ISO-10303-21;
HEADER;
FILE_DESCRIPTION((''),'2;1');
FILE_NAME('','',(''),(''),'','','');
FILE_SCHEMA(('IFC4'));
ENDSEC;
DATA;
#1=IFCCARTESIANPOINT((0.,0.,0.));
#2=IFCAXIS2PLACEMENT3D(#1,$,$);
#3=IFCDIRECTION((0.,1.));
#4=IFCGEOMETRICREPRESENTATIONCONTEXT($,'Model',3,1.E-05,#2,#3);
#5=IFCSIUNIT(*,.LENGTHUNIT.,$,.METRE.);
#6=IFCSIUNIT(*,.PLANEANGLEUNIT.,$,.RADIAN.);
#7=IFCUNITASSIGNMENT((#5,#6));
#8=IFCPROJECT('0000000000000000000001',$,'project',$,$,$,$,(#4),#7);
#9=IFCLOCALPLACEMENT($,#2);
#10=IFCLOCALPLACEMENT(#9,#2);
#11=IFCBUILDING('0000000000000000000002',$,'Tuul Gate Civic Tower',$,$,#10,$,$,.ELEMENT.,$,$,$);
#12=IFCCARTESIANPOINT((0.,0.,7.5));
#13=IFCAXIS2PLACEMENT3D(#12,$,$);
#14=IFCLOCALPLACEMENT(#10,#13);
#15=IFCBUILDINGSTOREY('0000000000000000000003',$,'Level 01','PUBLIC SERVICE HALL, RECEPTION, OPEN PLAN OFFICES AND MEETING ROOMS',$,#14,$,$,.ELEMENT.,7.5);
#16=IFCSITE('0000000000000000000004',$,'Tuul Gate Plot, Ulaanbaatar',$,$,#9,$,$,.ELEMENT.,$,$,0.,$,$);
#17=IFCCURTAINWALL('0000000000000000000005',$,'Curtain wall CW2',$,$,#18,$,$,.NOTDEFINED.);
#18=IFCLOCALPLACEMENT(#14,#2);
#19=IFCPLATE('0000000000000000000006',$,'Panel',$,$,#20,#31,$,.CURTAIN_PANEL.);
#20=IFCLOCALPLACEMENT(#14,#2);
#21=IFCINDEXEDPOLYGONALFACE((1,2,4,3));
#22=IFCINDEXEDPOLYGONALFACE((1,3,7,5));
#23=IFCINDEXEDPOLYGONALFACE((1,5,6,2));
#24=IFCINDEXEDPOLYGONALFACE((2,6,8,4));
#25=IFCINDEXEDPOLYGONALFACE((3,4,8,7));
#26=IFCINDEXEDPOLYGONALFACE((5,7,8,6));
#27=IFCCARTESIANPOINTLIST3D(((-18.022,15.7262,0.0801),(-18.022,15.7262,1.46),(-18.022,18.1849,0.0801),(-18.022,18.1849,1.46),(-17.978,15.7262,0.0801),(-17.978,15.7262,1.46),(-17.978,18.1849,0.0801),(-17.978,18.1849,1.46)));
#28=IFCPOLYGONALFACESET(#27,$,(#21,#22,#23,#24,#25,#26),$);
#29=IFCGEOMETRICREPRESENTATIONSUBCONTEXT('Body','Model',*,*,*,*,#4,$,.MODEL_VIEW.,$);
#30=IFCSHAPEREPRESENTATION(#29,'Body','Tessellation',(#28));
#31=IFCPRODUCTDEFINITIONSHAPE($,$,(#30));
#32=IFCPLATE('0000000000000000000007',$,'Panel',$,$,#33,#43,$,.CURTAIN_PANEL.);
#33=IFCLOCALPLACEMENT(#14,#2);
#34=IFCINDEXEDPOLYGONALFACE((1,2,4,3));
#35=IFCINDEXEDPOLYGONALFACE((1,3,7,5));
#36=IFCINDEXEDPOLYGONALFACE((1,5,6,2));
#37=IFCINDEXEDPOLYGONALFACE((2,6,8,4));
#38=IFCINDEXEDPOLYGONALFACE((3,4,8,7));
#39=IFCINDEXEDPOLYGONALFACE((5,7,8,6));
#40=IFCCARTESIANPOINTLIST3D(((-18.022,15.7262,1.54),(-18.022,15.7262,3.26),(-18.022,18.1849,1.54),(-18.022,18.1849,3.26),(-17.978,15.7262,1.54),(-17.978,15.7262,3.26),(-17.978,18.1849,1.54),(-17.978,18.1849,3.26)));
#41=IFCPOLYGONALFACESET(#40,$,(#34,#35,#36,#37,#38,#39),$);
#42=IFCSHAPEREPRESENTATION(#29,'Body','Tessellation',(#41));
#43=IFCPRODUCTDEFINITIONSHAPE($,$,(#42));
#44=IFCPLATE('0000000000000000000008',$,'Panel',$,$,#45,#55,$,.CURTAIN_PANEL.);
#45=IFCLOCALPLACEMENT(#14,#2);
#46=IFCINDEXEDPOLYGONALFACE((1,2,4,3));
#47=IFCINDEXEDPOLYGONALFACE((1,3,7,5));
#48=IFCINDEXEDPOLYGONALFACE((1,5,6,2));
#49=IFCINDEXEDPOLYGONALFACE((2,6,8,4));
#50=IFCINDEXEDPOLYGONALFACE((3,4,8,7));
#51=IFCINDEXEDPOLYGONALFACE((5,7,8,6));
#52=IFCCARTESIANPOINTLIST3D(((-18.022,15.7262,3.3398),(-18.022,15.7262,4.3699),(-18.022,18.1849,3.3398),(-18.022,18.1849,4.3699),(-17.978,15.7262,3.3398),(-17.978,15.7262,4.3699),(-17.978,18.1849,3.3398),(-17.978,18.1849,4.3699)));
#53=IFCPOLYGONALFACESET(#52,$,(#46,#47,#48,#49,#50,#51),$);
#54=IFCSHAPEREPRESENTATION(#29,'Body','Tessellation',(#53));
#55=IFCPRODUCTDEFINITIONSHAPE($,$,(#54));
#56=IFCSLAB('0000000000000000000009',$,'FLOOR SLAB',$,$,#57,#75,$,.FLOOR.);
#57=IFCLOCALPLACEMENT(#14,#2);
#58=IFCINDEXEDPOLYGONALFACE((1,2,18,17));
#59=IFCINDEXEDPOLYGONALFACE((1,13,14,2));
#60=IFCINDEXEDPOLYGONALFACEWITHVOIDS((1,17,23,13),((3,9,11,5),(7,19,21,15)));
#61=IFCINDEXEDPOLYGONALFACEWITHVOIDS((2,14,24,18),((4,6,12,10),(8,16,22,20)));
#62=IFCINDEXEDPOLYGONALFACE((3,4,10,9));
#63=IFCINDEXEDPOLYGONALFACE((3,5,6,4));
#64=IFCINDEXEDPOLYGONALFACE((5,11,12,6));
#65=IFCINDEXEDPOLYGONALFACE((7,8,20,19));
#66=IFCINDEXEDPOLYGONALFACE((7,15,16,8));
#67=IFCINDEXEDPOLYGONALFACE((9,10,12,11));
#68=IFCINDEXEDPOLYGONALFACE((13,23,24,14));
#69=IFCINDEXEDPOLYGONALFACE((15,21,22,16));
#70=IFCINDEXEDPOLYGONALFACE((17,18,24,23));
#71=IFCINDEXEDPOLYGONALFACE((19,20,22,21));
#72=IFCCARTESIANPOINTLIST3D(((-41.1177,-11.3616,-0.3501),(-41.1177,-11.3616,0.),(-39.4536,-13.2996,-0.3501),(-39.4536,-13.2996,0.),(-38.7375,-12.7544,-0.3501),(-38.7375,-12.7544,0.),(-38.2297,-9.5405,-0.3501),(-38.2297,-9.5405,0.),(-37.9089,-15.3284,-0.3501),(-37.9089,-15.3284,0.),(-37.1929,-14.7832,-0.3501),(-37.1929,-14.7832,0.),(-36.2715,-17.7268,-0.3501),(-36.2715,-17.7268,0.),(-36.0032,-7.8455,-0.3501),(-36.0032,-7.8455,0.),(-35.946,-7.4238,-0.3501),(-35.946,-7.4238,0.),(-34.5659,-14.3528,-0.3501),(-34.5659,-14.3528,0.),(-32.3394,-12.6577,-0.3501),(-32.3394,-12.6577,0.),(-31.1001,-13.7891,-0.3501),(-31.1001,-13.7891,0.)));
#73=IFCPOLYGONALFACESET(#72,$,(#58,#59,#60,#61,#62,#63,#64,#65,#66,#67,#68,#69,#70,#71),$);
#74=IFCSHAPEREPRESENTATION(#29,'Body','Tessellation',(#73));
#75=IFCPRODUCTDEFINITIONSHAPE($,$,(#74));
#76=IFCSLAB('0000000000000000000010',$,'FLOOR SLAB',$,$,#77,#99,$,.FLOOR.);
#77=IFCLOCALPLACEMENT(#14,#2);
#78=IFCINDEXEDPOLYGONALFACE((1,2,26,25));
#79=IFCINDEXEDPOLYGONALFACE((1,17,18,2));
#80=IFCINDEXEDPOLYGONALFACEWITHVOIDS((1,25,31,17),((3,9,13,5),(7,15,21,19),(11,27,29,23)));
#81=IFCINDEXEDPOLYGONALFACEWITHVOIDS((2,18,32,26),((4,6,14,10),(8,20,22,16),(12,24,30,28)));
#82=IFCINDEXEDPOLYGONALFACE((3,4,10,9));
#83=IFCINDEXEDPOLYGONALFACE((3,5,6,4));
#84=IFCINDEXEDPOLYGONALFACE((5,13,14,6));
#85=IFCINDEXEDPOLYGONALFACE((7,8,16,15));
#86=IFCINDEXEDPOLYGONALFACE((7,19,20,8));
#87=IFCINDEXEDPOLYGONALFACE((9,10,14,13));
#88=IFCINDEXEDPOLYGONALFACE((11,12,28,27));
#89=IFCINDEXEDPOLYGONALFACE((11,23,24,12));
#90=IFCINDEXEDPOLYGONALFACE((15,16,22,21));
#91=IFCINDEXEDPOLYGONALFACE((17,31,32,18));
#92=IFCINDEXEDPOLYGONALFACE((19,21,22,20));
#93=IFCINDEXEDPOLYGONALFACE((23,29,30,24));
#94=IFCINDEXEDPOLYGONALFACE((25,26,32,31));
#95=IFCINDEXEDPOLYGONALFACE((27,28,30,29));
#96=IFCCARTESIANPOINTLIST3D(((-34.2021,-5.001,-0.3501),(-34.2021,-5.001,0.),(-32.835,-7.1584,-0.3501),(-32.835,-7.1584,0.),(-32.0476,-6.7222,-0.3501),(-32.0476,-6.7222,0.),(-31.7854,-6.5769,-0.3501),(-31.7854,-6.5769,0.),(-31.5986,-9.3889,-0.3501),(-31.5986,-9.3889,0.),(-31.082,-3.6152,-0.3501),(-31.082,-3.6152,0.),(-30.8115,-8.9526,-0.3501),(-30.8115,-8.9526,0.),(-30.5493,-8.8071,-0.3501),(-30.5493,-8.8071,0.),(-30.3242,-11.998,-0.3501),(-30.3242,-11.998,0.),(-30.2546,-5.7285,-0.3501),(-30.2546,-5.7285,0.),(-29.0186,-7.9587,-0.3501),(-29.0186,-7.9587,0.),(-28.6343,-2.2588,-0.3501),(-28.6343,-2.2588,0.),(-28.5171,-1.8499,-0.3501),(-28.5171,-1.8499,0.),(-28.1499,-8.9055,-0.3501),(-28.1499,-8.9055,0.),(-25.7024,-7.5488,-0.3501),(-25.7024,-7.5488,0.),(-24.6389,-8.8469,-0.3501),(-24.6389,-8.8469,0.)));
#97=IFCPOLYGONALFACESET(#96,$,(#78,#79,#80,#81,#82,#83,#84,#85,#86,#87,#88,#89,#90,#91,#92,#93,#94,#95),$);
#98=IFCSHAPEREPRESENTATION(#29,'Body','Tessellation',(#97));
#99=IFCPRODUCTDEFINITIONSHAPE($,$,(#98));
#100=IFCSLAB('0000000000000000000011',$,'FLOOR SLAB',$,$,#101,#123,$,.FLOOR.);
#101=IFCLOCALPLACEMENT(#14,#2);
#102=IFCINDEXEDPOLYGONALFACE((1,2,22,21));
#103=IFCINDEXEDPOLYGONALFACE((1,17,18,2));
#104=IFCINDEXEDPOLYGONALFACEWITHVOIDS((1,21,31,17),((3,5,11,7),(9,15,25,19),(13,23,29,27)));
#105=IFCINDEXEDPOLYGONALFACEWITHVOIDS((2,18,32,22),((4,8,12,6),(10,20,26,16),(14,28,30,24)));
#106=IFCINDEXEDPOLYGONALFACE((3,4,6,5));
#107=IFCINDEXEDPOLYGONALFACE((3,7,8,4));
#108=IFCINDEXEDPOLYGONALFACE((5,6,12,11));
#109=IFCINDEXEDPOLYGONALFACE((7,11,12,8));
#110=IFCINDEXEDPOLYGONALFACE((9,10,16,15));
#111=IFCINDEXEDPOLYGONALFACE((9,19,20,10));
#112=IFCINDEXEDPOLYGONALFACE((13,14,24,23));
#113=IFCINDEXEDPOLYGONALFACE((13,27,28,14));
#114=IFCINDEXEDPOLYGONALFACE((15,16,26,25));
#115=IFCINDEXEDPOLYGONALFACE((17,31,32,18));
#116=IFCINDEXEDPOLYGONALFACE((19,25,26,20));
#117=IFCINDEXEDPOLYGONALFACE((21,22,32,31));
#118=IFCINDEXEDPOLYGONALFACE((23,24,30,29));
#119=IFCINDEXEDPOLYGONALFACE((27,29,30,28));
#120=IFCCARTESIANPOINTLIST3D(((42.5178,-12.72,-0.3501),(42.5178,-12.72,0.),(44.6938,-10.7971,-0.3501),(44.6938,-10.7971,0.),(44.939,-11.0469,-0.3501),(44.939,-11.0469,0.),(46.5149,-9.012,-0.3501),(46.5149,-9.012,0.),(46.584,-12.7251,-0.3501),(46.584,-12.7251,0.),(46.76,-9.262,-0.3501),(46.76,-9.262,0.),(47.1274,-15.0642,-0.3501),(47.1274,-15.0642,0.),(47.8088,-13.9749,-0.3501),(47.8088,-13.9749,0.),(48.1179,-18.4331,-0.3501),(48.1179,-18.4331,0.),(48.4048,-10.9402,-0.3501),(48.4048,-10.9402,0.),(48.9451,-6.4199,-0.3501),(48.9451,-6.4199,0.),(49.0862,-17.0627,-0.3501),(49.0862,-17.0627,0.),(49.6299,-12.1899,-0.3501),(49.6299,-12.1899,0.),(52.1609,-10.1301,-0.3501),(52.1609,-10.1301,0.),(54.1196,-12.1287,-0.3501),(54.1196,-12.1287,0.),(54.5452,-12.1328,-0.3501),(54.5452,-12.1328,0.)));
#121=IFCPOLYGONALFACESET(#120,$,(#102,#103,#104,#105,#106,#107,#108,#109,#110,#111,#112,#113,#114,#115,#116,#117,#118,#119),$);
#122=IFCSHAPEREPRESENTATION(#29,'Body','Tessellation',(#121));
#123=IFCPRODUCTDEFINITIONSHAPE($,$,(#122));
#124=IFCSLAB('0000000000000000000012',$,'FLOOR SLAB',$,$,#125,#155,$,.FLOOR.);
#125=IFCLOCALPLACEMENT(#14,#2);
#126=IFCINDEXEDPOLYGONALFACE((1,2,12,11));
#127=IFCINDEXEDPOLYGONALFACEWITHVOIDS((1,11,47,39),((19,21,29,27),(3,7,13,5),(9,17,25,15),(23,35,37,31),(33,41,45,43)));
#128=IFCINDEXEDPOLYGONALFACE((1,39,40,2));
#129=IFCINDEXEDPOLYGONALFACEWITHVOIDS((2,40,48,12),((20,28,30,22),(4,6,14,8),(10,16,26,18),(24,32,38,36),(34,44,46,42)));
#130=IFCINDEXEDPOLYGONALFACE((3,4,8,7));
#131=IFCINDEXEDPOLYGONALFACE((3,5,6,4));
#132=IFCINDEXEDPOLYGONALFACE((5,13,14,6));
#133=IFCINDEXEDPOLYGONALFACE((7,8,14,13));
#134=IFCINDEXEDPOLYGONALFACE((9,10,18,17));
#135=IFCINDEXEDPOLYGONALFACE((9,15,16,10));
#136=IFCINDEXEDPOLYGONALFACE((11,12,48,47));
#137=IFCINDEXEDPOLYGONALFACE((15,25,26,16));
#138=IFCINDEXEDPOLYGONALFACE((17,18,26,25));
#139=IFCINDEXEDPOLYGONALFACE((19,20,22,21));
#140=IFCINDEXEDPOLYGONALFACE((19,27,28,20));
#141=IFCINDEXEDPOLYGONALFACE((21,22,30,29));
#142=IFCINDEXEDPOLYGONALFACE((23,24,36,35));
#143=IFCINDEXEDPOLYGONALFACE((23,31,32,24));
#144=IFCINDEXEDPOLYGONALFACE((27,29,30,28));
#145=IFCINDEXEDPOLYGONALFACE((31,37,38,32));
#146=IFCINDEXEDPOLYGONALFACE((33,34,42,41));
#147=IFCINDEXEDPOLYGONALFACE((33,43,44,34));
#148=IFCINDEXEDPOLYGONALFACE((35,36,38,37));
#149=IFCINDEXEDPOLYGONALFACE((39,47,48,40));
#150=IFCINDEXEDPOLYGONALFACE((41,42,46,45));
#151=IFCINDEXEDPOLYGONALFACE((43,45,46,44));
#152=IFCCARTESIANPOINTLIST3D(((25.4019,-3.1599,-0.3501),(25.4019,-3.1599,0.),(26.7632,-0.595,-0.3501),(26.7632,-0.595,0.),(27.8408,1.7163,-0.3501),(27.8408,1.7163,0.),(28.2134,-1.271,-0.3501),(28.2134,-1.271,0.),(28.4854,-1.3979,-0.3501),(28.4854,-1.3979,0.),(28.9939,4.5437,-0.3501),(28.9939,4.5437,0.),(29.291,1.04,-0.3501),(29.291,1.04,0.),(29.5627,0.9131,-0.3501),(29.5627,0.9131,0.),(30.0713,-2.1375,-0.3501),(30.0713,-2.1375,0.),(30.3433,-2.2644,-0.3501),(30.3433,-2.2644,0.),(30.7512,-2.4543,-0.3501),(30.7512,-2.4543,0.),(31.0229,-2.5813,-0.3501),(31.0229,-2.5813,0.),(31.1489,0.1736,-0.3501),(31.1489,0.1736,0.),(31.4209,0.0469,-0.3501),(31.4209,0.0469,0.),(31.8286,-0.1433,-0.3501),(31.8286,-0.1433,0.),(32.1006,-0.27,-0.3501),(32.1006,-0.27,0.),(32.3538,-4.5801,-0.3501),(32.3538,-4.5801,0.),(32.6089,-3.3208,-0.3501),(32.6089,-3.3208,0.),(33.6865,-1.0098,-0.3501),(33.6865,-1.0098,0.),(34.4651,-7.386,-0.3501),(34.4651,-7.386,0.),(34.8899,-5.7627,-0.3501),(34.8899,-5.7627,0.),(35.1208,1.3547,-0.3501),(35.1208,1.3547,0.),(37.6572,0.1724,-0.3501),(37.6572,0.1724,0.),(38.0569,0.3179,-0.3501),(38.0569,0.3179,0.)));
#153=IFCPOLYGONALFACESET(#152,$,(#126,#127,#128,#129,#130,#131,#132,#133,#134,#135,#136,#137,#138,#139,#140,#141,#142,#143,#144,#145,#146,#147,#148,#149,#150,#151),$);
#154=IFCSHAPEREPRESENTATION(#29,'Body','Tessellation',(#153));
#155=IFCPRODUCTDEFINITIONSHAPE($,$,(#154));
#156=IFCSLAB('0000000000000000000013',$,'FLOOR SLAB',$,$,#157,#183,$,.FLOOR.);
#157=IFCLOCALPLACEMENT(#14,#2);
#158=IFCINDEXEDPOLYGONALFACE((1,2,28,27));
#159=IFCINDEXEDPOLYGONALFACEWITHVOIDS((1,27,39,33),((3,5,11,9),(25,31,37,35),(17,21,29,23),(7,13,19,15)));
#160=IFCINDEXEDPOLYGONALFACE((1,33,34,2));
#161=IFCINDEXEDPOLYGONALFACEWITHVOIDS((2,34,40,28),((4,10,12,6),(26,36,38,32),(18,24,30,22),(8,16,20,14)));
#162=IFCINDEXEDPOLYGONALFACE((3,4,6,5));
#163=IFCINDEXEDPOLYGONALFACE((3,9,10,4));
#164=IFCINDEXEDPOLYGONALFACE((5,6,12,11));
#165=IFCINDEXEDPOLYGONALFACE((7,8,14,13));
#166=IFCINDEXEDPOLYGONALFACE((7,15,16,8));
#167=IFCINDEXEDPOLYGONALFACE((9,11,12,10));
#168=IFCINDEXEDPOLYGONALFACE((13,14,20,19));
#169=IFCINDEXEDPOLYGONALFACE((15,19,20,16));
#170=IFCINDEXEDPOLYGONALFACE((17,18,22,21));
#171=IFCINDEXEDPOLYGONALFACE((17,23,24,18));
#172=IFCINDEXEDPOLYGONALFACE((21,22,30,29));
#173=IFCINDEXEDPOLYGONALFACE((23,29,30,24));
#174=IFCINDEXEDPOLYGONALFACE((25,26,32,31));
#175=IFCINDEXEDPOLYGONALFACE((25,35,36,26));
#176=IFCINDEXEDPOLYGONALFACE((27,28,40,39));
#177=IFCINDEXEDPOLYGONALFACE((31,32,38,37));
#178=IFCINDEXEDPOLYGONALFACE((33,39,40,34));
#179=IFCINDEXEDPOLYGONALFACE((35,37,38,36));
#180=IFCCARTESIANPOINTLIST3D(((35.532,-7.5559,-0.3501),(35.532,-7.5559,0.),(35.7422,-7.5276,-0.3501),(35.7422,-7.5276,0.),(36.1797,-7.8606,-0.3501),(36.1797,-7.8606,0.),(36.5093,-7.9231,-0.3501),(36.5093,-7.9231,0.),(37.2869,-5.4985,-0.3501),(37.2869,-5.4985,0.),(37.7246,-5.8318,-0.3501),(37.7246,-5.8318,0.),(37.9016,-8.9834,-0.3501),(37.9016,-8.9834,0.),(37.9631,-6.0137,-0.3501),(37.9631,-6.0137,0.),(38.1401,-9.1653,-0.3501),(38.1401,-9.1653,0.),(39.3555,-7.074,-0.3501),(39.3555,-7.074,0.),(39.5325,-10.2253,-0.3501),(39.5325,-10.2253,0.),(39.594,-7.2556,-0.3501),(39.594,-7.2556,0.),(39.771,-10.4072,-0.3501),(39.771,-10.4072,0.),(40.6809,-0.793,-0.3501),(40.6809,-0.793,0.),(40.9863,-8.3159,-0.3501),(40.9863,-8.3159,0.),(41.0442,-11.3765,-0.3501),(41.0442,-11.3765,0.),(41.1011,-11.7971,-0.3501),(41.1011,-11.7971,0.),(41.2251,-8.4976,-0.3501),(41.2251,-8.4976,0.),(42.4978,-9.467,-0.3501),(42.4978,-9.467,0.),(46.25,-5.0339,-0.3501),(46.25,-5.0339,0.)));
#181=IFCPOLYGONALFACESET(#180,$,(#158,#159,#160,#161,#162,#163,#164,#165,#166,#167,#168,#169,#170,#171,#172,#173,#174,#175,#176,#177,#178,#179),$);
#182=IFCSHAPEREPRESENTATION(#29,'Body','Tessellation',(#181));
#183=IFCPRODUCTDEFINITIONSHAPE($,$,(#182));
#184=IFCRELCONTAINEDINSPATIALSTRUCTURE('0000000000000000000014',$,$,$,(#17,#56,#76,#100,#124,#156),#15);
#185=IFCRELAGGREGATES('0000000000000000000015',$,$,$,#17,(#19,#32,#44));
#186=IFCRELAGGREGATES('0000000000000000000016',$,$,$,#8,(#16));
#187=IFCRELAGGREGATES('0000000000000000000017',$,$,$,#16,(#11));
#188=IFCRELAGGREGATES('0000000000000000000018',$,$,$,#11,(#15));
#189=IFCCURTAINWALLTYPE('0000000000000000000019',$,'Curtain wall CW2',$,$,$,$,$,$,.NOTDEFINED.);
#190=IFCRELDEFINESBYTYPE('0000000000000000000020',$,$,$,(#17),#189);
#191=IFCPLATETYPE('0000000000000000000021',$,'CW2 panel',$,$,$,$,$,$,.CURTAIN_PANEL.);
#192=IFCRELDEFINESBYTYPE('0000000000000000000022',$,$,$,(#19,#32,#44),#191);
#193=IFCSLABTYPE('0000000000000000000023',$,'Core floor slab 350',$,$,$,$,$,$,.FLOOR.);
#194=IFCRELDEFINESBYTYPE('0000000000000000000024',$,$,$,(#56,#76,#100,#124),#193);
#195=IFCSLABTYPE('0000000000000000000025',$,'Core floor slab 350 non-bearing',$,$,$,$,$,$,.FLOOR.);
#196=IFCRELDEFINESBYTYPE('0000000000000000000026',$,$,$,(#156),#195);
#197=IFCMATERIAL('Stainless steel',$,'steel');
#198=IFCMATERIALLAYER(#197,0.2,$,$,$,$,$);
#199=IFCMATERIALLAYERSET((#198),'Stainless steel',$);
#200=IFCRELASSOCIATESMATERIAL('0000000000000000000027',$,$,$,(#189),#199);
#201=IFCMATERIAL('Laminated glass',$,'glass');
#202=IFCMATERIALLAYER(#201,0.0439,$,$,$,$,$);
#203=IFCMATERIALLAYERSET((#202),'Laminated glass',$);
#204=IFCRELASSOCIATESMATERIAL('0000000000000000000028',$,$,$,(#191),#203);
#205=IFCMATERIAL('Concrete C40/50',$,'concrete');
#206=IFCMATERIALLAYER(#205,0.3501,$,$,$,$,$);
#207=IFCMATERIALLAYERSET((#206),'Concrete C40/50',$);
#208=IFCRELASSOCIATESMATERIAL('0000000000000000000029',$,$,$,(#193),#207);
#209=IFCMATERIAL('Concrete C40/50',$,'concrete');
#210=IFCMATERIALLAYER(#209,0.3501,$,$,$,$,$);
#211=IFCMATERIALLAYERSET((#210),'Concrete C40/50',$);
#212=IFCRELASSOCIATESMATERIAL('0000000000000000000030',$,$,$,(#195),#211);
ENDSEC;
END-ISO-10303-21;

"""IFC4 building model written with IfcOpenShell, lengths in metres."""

from ifc_helpers import new_model, si_unit, direction, frame, origin, origin_2d, place, context, subcontext, project, spatial, polyline, rectangle, outline, extrude, material, layer, layer_set, type_object, element, aggregate, save


model = new_model("IFC4")

# Units and contexts
model_context = context("Model", 3, precision=1e-05, world=origin(), true_north=direction((0.0, 1.0)))
body_context = subcontext(model_context, "Body", "Model", "MODEL_VIEW")
ifc_project = project(units=[si_unit("LENGTHUNIT", "METRE"), si_unit("PLANEANGLEUNIT", "RADIAN")], contexts=[model_context])

# Site, building, storey
site_placement = place(None, origin())
site = spatial("IfcSite", under=ifc_project, at=site_placement, Name="Tuul Gate Plot, Ulaanbaatar", CompositionType="ELEMENT", RefElevation=0.0)
building_placement = place(site_placement, origin())
building = spatial("IfcBuilding", under=site, at=building_placement, Name="Tuul Gate Civic Tower", CompositionType="ELEMENT")
storey_placement = place(building_placement, frame((0.0, 0.0, 7.5)))
storey = spatial("IfcBuildingStorey", under=building, at=storey_placement, Name="Level 01", Description="PUBLIC SERVICE HALL, RECEPTION, OPEN PLAN OFFICES AND MEETING ROOMS", CompositionType="ELEMENT", Elevation=7.5)

# Curtain wall
ifc_material_1 = material(Name="Stainless steel", Category="steel")
ifc_layer_1 = layer(ifc_material_1, 0.2)
ifc_layer_set_1 = layer_set([ifc_layer_1], Name="Stainless steel")
curtain_wall_type = type_object("IfcCurtainWallType", Name="Curtain wall CW2", PredefinedType="NOTDEFINED", material=ifc_layer_set_1)
curtain_wall_1_placement = place(storey_placement, origin())
curtain_wall_1 = element("IfcCurtainWall", 1, at=curtain_wall_1_placement, inside=storey, type_object=curtain_wall_type, Name="Curtain wall CW2", PredefinedType="NOTDEFINED")

# Plates
ifc_material_2 = material(Name="Laminated glass", Category="glass")
ifc_layer_2 = layer(ifc_material_2, 0.0439)
ifc_layer_set_2 = layer_set([ifc_layer_2], Name="Laminated glass")
plate_type = type_object("IfcPlateType", Name="CW2 panel", PredefinedType="CURTAIN_PANEL", material=ifc_layer_set_2)
plate_1_placement = place(storey_placement, frame((-18.0, 16.9556, 0.0801), z_axis=(0.0, 0.0, 1.0), x_axis=(0.0, 1.0, 0.0)))
plate_1 = element("IfcPlate", 2, at=plate_1_placement, type_object=plate_type, Name="Panel", PredefinedType="CURTAIN_PANEL", context=body_context, shape_type="SweptSolid", body=[
    extrude(rectangle(XDim=2.4587, YDim=0.0439, at=origin_2d()), origin(), (0.0, 0.0, 1.0), 1.3799),
])
plate_2_placement = place(storey_placement, frame((-18.0, 16.9556, 1.54), z_axis=(0.0, 0.0, 1.0), x_axis=(0.0, 1.0, 0.0)))
plate_2 = element("IfcPlate", 3, at=plate_2_placement, type_object=plate_type, Name="Panel", PredefinedType="CURTAIN_PANEL", context=body_context, shape_type="SweptSolid", body=[
    extrude(rectangle(XDim=2.4587, YDim=0.0439, at=origin_2d()), origin(), (0.0, 0.0, 1.0), 1.72),
])
plate_3_placement = place(storey_placement, frame((-18.0, 16.9556, 3.3398), z_axis=(0.0, 0.0, 1.0), x_axis=(0.0, 1.0, 0.0)))
plate_3 = element("IfcPlate", 4, at=plate_3_placement, type_object=plate_type, Name="Panel", PredefinedType="CURTAIN_PANEL", context=body_context, shape_type="SweptSolid", body=[
    extrude(rectangle(XDim=2.4587, YDim=0.0439, at=origin_2d()), origin(), (0.0, 0.0, 1.0), 1.03),
])
aggregate(curtain_wall_1, [plate_1, plate_2, plate_3])

# Slabs
ifc_material_3 = material(Name="Concrete C40/50", Category="concrete")
ifc_layer_3 = layer(ifc_material_3, 0.3501)
ifc_layer_set_3 = layer_set([ifc_layer_3], Name="Concrete C40/50")
slab_type_1 = type_object("IfcSlabType", Name="Core floor slab 350", PredefinedType="FLOOR", material=ifc_layer_set_3)
slab_1_placement = place(storey_placement, frame((0.0, 0.0, -0.3501)))
element("IfcSlab", 5, at=slab_1_placement, inside=storey, type_object=slab_type_1, Name="FLOOR SLAB", PredefinedType="FLOOR", context=body_context, shape_type="SweptSolid", body=[
    extrude(outline(polyline([(-31.1001, -13.7891), (-35.946, -7.4238), (-41.1177, -11.3616), (-36.2715, -17.7268), (-31.1001, -13.7891)]), holes=[polyline([(-37.1929, -14.7832), (-38.7375, -12.7544), (-39.4536, -13.2996), (-37.9089, -15.3284), (-37.1929, -14.7832)]), polyline([(-32.3394, -12.6577), (-34.5659, -14.3528), (-38.2297, -9.5405), (-36.0032, -7.8455), (-32.3394, -12.6577)])]), origin(), (0.0, 0.0, 1.0), 0.3501),
])
slab_2_placement = place(storey_placement, frame((0.0, 0.0, -0.3501)))
element("IfcSlab", 6, at=slab_2_placement, inside=storey, type_object=slab_type_1, Name="FLOOR SLAB", PredefinedType="FLOOR", context=body_context, shape_type="SweptSolid", body=[
    extrude(outline(polyline([(-24.6389, -8.8469), (-28.5171, -1.8499), (-34.2021, -5.001), (-30.3242, -11.998), (-24.6389, -8.8469)]), holes=[polyline([(-29.0186, -7.9587), (-30.2546, -5.7285), (-31.7854, -6.5769), (-30.5493, -8.8071), (-29.0186, -7.9587)]), polyline([(-30.8115, -8.9526), (-32.0476, -6.7222), (-32.835, -7.1584), (-31.5986, -9.3889), (-30.8115, -8.9526)]), polyline([(-25.7024, -7.5488), (-28.1499, -8.9055), (-31.082, -3.6152), (-28.6343, -2.2588), (-25.7024, -7.5488)])]), origin(), (0.0, 0.0, 1.0), 0.3501),
])
slab_3_placement = place(storey_placement, frame((0.0, 0.0, -0.3501)))
element("IfcSlab", 7, at=slab_3_placement, inside=storey, type_object=slab_type_1, Name="FLOOR SLAB", PredefinedType="FLOOR", context=body_context, shape_type="SweptSolid", body=[
    extrude(outline(polyline([(48.1179, -18.4331), (54.5452, -12.1328), (48.9451, -6.4199), (42.5178, -12.72), (48.1179, -18.4331)]), holes=[polyline([(47.8088, -13.9749), (49.6299, -12.1899), (48.4048, -10.9402), (46.584, -12.7251), (47.8088, -13.9749)]), polyline([(44.939, -11.0469), (46.76, -9.262), (46.5149, -9.012), (44.6938, -10.7971), (44.939, -11.0469)]), polyline([(49.0862, -17.0627), (47.1274, -15.0642), (52.1609, -10.1301), (54.1196, -12.1287), (49.0862, -17.0627)])]), origin(), (0.0, 0.0, 1.0), 0.3501),
])
slab_4_placement = place(storey_placement, frame((0.0, 0.0, -0.3501)))
element("IfcSlab", 8, at=slab_4_placement, inside=storey, type_object=slab_type_1, Name="FLOOR SLAB", PredefinedType="FLOOR", context=body_context, shape_type="SweptSolid", body=[
    extrude(outline(polyline([(34.4651, -7.386), (38.0569, 0.3179), (28.9939, 4.5437), (25.4019, -3.1599), (34.4651, -7.386)]), holes=[polyline([(32.6089, -3.3208), (33.6865, -1.0098), (32.1006, -0.27), (31.0229, -2.5813), (32.6089, -3.3208)]), polyline([(30.0713, -2.1375), (31.1489, 0.1736), (29.5627, 0.9131), (28.4854, -1.3979), (30.0713, -2.1375)]), polyline([(30.7512, -2.4543), (31.8286, -0.1433), (31.4209, 0.0469), (30.3433, -2.2644), (30.7512, -2.4543)]), polyline([(28.2134, -1.271), (29.291, 1.04), (27.8408, 1.7163), (26.7632, -0.595), (28.2134, -1.271)]), polyline([(34.8899, -5.7627), (32.3538, -4.5801), (35.1208, 1.3547), (37.6572, 0.1724), (34.8899, -5.7627)])]), origin(), (0.0, 0.0, 1.0), 0.3501),
])
ifc_material_4 = material(Name="Concrete C40/50", Category="concrete")
ifc_layer_4 = layer(ifc_material_4, 0.3501)
ifc_layer_set_4 = layer_set([ifc_layer_4], Name="Concrete C40/50")
slab_type_2 = type_object("IfcSlabType", Name="Core floor slab 350 non-bearing", PredefinedType="FLOOR", material=ifc_layer_set_4)
slab_5_placement = place(storey_placement, frame((0.0, 0.0, -0.3501)))
element("IfcSlab", 9, at=slab_5_placement, inside=storey, type_object=slab_type_2, Name="FLOOR SLAB", PredefinedType="FLOOR", context=body_context, shape_type="SweptSolid", body=[
    extrude(outline(polyline([(41.1011, -11.7971), (46.25, -5.0339), (40.6809, -0.793), (35.532, -7.5559), (41.1011, -11.7971)]), holes=[polyline([(41.0442, -11.3765), (42.4978, -9.467), (41.2251, -8.4976), (39.771, -10.4072), (41.0442, -11.3765)]), polyline([(39.5325, -10.2253), (40.9863, -8.3159), (39.594, -7.2556), (38.1401, -9.1653), (39.5325, -10.2253)]), polyline([(37.9016, -8.9834), (39.3555, -7.074), (37.9631, -6.0137), (36.5093, -7.9231), (37.9016, -8.9834)]), polyline([(36.1797, -7.8606), (37.7246, -5.8318), (37.2869, -5.4985), (35.7422, -7.5276), (36.1797, -7.8606)])]), origin(), (0.0, 0.0, 1.0), 0.3501),
])

save(model, "model.ifc")
